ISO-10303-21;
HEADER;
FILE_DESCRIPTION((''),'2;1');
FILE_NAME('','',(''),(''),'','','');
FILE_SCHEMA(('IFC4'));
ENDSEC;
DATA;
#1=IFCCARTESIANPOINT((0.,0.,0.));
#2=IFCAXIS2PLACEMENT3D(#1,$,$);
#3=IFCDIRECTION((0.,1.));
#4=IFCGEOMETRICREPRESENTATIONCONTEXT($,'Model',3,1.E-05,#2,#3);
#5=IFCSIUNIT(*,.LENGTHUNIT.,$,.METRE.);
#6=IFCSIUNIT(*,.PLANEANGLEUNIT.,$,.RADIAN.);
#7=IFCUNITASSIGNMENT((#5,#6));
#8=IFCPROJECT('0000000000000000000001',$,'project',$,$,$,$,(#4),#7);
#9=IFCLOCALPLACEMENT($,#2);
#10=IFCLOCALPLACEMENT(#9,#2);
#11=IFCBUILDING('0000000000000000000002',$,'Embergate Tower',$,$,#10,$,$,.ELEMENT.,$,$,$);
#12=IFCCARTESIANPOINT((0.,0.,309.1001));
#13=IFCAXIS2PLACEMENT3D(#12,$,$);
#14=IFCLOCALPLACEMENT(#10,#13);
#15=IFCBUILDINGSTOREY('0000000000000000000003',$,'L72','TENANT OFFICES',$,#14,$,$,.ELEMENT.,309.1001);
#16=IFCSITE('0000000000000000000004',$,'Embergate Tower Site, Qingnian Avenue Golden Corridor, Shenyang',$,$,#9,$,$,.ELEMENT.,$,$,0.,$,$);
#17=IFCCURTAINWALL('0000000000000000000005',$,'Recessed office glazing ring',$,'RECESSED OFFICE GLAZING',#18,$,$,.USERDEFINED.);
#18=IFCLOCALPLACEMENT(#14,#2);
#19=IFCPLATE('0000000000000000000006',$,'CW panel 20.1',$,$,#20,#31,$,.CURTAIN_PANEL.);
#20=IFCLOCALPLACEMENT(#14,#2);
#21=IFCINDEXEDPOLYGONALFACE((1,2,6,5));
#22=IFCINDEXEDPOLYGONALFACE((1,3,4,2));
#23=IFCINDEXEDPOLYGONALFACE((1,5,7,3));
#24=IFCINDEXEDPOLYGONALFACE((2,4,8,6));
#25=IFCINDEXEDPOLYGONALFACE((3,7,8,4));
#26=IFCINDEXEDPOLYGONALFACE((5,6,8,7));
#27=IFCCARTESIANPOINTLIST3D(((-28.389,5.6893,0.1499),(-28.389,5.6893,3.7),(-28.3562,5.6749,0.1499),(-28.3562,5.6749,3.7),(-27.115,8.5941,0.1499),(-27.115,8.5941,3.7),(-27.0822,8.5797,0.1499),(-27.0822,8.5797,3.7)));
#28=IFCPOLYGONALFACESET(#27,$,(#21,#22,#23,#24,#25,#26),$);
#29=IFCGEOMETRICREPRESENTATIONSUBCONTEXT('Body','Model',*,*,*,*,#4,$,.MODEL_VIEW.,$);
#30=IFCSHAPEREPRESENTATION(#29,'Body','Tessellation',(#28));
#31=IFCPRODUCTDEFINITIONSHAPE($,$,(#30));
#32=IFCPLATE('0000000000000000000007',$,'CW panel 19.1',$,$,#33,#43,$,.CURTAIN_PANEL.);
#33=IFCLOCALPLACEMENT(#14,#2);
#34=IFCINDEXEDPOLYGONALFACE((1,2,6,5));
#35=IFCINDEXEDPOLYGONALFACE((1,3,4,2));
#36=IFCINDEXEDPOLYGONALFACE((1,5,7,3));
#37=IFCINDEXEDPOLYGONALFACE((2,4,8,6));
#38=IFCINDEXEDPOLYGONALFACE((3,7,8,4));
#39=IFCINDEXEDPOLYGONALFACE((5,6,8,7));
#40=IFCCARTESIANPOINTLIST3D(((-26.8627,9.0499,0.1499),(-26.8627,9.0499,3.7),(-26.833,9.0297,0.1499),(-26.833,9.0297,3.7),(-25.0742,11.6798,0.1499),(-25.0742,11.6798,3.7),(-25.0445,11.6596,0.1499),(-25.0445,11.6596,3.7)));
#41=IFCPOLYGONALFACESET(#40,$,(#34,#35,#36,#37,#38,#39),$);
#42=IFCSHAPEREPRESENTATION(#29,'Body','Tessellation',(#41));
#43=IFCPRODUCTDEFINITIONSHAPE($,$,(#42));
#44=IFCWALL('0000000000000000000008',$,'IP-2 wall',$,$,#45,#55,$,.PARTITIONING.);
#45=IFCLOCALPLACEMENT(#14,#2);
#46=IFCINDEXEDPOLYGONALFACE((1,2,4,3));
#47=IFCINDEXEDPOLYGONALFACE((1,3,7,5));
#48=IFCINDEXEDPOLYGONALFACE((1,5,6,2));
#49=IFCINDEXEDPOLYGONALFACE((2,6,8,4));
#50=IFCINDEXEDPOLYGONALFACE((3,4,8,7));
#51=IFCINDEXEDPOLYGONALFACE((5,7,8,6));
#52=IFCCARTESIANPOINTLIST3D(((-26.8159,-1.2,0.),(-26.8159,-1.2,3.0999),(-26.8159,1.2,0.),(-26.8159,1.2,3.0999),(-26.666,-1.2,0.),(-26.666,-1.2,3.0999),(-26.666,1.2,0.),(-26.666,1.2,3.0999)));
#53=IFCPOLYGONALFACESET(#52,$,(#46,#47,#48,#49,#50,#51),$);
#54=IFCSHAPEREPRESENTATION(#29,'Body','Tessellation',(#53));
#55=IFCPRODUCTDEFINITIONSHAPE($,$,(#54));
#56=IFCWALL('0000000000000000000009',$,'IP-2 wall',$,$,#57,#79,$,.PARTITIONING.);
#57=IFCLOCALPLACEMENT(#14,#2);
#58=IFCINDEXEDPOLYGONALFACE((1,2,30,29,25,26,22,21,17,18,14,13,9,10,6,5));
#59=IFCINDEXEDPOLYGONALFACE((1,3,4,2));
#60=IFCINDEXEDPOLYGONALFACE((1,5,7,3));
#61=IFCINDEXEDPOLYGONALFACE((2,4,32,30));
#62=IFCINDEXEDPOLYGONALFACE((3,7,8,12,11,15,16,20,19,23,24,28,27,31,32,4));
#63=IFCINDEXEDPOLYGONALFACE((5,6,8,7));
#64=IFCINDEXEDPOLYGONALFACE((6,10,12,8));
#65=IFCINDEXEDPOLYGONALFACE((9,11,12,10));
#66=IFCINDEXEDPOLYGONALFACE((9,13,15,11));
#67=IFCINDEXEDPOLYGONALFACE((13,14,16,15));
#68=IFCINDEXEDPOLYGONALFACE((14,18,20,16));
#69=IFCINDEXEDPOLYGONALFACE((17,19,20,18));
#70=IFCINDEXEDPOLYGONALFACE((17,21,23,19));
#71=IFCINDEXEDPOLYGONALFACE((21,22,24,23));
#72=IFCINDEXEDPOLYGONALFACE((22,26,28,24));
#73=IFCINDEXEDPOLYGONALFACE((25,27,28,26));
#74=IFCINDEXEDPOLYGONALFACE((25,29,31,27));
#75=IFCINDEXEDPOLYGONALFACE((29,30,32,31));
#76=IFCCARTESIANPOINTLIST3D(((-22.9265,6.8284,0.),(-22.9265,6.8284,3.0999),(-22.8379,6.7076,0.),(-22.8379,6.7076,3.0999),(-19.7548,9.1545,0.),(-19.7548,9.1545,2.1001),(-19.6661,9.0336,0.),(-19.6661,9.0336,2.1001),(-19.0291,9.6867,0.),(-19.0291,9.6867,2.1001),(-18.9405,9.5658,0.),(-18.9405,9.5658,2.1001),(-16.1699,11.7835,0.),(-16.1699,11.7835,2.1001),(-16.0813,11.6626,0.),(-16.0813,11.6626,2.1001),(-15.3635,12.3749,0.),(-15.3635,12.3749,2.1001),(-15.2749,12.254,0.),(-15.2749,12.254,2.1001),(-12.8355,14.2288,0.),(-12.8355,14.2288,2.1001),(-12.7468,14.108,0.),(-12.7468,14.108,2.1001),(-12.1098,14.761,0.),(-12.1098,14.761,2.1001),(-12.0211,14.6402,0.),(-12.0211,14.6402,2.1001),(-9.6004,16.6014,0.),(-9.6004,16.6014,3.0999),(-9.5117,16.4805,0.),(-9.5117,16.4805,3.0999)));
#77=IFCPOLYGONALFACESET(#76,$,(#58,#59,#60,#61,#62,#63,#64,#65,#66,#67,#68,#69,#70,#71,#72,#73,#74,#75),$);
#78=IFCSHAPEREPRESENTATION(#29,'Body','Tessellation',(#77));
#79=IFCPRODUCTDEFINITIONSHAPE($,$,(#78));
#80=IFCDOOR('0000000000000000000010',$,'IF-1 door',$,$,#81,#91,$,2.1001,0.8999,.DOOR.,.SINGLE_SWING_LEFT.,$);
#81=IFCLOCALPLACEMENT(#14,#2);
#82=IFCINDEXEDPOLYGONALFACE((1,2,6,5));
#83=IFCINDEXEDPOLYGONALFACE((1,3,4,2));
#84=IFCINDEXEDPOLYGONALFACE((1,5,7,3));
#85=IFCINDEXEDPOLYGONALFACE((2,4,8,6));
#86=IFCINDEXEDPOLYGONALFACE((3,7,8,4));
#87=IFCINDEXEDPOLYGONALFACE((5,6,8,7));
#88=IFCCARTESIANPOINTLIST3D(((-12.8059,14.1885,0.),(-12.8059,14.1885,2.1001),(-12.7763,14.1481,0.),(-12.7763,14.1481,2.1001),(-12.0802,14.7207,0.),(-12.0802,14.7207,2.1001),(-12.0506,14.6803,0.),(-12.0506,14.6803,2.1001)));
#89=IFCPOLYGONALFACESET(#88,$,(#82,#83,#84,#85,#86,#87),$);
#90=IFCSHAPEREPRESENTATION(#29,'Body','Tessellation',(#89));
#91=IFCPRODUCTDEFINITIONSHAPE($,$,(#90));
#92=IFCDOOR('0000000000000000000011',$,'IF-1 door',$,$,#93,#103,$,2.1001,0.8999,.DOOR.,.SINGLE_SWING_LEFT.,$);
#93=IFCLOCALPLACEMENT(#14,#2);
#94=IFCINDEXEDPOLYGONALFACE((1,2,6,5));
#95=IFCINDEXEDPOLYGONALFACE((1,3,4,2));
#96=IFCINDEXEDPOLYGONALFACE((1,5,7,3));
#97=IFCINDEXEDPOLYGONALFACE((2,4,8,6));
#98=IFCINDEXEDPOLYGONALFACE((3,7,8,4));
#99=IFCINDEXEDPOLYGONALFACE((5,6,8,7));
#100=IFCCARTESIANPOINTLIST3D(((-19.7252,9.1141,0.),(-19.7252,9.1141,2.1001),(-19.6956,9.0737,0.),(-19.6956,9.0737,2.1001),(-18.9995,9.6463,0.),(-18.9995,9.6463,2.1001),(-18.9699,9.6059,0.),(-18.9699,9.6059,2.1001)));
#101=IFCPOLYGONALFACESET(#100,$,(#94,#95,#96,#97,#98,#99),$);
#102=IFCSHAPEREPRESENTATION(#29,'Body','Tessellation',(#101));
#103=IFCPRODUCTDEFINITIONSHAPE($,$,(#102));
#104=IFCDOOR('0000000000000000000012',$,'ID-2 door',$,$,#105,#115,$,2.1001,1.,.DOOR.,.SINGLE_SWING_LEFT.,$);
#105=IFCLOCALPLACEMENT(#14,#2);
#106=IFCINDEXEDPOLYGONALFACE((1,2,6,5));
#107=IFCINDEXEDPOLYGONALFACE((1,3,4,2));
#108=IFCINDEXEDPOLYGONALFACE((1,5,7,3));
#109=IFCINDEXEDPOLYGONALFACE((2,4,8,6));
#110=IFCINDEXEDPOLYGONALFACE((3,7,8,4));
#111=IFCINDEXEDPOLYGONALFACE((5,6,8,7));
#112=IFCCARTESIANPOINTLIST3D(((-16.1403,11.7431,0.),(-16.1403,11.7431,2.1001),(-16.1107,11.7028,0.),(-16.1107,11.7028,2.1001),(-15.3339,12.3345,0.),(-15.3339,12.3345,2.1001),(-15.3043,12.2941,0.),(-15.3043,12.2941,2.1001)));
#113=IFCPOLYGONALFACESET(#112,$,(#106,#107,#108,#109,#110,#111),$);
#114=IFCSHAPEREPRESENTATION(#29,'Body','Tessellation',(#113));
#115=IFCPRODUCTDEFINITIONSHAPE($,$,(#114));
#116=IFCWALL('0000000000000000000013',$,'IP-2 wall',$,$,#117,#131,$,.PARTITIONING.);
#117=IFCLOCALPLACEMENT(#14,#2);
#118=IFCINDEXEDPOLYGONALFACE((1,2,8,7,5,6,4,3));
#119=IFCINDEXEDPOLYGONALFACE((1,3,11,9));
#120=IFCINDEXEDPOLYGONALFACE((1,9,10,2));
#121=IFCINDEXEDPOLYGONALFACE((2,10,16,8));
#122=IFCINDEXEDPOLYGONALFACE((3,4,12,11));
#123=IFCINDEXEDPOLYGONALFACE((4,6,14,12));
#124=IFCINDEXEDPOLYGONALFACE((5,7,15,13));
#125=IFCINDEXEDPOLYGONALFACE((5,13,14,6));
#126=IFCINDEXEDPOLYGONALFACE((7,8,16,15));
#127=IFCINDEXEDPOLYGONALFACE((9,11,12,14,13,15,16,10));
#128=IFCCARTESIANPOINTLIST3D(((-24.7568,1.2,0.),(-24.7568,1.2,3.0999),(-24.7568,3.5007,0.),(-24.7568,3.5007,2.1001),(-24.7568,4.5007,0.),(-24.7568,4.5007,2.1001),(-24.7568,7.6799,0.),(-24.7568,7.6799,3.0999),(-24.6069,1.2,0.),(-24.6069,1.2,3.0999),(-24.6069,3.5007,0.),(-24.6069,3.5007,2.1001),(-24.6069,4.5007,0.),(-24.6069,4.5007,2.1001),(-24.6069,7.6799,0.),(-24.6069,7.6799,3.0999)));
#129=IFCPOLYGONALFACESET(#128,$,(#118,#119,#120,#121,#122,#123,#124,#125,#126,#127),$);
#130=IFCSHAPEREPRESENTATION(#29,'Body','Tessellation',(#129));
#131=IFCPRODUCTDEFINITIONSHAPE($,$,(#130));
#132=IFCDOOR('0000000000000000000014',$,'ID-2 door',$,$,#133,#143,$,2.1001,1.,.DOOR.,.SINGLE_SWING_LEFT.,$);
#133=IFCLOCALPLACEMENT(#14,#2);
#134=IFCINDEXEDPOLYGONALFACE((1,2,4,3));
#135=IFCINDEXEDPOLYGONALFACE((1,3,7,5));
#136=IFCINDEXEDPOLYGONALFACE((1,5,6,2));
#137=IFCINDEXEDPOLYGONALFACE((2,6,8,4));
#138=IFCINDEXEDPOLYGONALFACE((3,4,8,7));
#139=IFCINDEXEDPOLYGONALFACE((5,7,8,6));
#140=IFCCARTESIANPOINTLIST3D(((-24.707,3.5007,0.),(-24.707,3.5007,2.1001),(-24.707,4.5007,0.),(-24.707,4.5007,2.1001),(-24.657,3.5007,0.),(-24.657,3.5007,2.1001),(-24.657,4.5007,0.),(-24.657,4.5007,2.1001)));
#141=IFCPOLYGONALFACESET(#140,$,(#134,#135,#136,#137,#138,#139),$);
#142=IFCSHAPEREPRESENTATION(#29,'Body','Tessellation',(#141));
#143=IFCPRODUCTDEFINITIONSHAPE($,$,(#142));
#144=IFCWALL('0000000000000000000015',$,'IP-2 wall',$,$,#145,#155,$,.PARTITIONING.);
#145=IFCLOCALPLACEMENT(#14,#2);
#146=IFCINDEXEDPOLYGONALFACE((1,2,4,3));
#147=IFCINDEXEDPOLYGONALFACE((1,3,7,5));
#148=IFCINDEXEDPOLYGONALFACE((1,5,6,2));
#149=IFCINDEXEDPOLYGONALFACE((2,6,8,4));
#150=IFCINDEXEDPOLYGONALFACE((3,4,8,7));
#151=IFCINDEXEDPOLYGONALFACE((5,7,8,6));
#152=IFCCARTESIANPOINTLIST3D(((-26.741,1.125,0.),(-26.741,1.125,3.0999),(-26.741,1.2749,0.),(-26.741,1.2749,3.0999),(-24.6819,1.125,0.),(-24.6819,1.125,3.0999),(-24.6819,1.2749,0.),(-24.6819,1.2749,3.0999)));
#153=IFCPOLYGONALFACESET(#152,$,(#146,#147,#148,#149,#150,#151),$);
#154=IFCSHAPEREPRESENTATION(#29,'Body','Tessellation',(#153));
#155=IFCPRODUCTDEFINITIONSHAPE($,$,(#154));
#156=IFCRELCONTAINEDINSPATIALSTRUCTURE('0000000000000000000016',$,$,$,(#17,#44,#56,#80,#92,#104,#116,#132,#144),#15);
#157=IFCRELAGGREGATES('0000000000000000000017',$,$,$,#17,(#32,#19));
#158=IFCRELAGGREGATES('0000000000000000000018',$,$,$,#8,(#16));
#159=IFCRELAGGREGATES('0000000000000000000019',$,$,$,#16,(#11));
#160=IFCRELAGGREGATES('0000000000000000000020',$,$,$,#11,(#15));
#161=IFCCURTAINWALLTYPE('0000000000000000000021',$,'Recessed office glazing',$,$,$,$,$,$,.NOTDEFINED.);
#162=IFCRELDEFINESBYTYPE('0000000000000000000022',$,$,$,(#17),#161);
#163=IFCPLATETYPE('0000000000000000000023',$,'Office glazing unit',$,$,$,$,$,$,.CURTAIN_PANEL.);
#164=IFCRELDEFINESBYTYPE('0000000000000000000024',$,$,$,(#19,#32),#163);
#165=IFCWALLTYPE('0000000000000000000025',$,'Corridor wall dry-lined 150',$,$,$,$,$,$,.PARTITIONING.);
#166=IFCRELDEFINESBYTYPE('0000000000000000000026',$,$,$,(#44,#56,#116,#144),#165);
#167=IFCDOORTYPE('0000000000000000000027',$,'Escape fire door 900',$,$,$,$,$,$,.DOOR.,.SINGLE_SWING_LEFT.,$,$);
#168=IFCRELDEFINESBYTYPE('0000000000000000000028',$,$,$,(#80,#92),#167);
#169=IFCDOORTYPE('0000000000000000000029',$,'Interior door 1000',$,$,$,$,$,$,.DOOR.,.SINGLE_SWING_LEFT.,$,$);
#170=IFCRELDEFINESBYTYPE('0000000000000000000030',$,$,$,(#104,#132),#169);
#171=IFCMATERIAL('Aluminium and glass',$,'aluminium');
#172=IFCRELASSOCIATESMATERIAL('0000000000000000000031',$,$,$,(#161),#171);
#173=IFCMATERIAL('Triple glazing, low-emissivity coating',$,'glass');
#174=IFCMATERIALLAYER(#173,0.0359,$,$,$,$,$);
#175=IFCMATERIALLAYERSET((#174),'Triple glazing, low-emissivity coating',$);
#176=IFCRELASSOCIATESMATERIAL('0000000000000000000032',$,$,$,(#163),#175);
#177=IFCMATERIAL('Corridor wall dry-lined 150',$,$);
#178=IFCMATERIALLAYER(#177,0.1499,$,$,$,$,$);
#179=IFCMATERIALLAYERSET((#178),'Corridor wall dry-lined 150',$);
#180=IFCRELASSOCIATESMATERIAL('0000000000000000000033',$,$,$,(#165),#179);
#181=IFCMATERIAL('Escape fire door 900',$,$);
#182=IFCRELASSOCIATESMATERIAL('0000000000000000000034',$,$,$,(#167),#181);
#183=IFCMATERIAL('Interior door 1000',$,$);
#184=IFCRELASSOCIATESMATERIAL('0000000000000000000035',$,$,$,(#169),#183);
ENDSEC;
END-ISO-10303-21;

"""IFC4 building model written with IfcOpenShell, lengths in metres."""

from ifc_helpers import new_model, si_unit, direction, frame, frame_2d, origin, origin_2d, place, context, subcontext, project, spatial, rectangle, extrude, source, transform, mapped, material, layer, layer_set, type_object, element, fill, aggregate, save


model = new_model("IFC4")

# Units and contexts
model_context = context("Model", 3, precision=1e-05, world=origin(), true_north=direction((0.0, 1.0)))
body_context = subcontext(model_context, "Body", "Model", "MODEL_VIEW")
ifc_project = project(units=[si_unit("LENGTHUNIT", "METRE"), si_unit("PLANEANGLEUNIT", "RADIAN")], contexts=[model_context])

# Site, building, storey
site_placement = place(None, origin())
site = spatial("IfcSite", under=ifc_project, at=site_placement, Name="Embergate Tower Site, Qingnian Avenue Golden Corridor, Shenyang", CompositionType="ELEMENT", RefElevation=0.0)
building_placement = place(site_placement, origin())
building = spatial("IfcBuilding", under=site, at=building_placement, Name="Embergate Tower", CompositionType="ELEMENT")
storey_placement = place(building_placement, frame((0.0, 0.0, 309.1001)))
storey = spatial("IfcBuildingStorey", under=building, at=storey_placement, Name="L72", Description="TENANT OFFICES", CompositionType="ELEMENT", Elevation=309.1001)

# Curtain wall, plates
ifc_material_1 = material(Name="Aluminium and glass", Category="aluminium")
curtain_wall_type = type_object("IfcCurtainWallType", Name="Recessed office glazing", PredefinedType="NOTDEFINED", material=ifc_material_1)
curtain_wall_placement = place(storey_placement, origin())
curtain_wall = element("IfcCurtainWall", 1, at=curtain_wall_placement, inside=storey, type_object=curtain_wall_type, Name="Recessed office glazing ring", ObjectType="RECESSED OFFICE GLAZING", PredefinedType="USERDEFINED")
ifc_material_2 = material(Name="Triple glazing, low-emissivity coating", Category="glass")
ifc_layer_1 = layer(ifc_material_2, 0.0359)
ifc_layer_set_1 = layer_set([ifc_layer_1], Name="Triple glazing, low-emissivity coating")
plate_type = type_object("IfcPlateType", Name="Office glazing unit", PredefinedType="CURTAIN_PANEL", material=ifc_layer_set_1)
shared_shape_1 = source(origin(), body_context, "Body", "SweptSolid", [
    extrude(rectangle(XDim=3.1719, YDim=0.0359, at=origin_2d()), origin(), (0.0, 0.0, 1.0), 3.55),
])
plate_1_placement = place(storey_placement, frame((-27.7356, 7.1345, 0.1499), z_axis=(0.0, 0.0, 1.0), x_axis=(-0.401652, -0.915792, 0.0)))
plate_1 = element("IfcPlate", 2, at=plate_1_placement, type_object=plate_type, Name="CW panel 20.1", PredefinedType="CURTAIN_PANEL", context=body_context, shape_type="MappedRepresentation", body=[
    mapped(shared_shape_1, transform((0.0, 0.0, 0.0))),
])
shared_shape_2 = source(origin(), body_context, "Body", "SweptSolid", [
    extrude(rectangle(XDim=3.1804, YDim=0.0359, at=origin_2d()), origin(), (0.0, 0.0, 1.0), 3.55),
])
plate_2_placement = place(storey_placement, frame((-25.9536, 10.3547, 0.1499), z_axis=(0.0, 0.0, 1.0), x_axis=(-0.562342, -0.826905, 0.0)))
plate_2 = element("IfcPlate", 3, at=plate_2_placement, type_object=plate_type, Name="CW panel 19.1", PredefinedType="CURTAIN_PANEL", context=body_context, shape_type="MappedRepresentation", body=[
    mapped(shared_shape_2, transform((0.0, 0.0, 0.0))),
])
aggregate(curtain_wall, [plate_2, plate_1])

# Wall
ifc_material_3 = material(Name="Corridor wall dry-lined 150")
ifc_layer_2 = layer(ifc_material_3, 0.1499)
ifc_layer_set_2 = layer_set([ifc_layer_2], Name="Corridor wall dry-lined 150")
wall_type_1 = type_object("IfcWallType", Name="Corridor wall dry-lined 150", PredefinedType="PARTITIONING", material=ifc_layer_set_2)
shared_shape_3 = source(origin(), body_context, "Body", "SweptSolid", [
    extrude(rectangle(XDim=2.3999, YDim=0.1499, at=frame_2d((1.2, 0.0))), origin(), (0.0, 0.0, 1.0), 3.0999),
])
wall_1_placement = place(storey_placement, frame((-26.741, 1.2, 0.0), z_axis=(0.0, 0.0, 1.0), x_axis=(0.0, -1.0, 0.0)))
element("IfcWall", 4, at=wall_1_placement, inside=storey, type_object=wall_type_1, Name="IP-2 wall", PredefinedType="PARTITIONING", context=body_context, shape_type="MappedRepresentation", body=[
    mapped(shared_shape_3, transform((0.0, 0.0, 0.0))),
])

# Wall, openings, doors
shared_shape_4 = source(origin(), body_context, "Body", "SweptSolid", [
    extrude(rectangle(XDim=16.5256, YDim=0.1499, at=frame_2d((8.2627, 0.0))), origin(), (0.0, 0.0, 1.0), 3.0999),
])
wall_2_placement = place(storey_placement, frame((-22.8821, 6.7681, 0.0), z_axis=(0.0, 0.0, 1.0), x_axis=(0.806393, 0.59138, 0.0)))
wall_2 = element("IfcWall", 5, at=wall_2_placement, inside=storey, type_object=wall_type_1, Name="IP-2 wall", PredefinedType="PARTITIONING", context=body_context, shape_type="MappedRepresentation", body=[
    mapped(shared_shape_4, transform((0.0, 0.0, 0.0))),
])
shared_shape_5 = source(origin(), body_context, "Body", "SweptSolid", [
    extrude(rectangle(XDim=0.8999, YDim=2.1001, at=frame_2d((0.45, 1.05))), frame((0.0, 0.085, 0.0), z_axis=(0.0, -1.0, 0.0), x_axis=(1.0, 0.0, 0.0)), (0.0, 0.0, 1.0), 0.1699),
])
opening_1_placement = place(wall_2_placement, frame((12.5137, 0.0, 0.0)))
opening_1 = element("IfcOpeningElement", 6, at=opening_1_placement, cuts=wall_2, PredefinedType="OPENING", context=body_context, shape_type="MappedRepresentation", body=[
    mapped(shared_shape_5, transform((0.0, 0.0, 0.0))),
])
shared_shape_6 = source(origin(), body_context, "Body", "SweptSolid", [
    extrude(rectangle(XDim=1.0, YDim=2.1001, at=frame_2d((0.5, 1.05))), frame((0.0, 0.085, 0.0), z_axis=(0.0, -1.0, 0.0), x_axis=(1.0, 0.0, 0.0)), (0.0, 0.0, 1.0), 0.1699),
])
opening_2_placement = place(wall_2_placement, frame((8.3787, 0.0, 0.0)))
opening_2 = element("IfcOpeningElement", 7, at=opening_2_placement, cuts=wall_2, PredefinedType="OPENING", context=body_context, shape_type="MappedRepresentation", body=[
    mapped(shared_shape_6, transform((0.0, 0.0, 0.0))),
])
opening_3_placement = place(wall_2_placement, frame((3.9331, 0.0, 0.0)))
opening_3 = element("IfcOpeningElement", 8, at=opening_3_placement, cuts=wall_2, PredefinedType="OPENING", context=body_context, shape_type="MappedRepresentation", body=[
    mapped(shared_shape_5, transform((0.0, 0.0, 0.0))),
])
ifc_material_4 = material(Name="Escape fire door 900")
door_type_1 = type_object("IfcDoorType", Name="Escape fire door 900", OperationType="SINGLE_SWING_LEFT", PredefinedType="DOOR", material=ifc_material_4)
shared_shape_7 = source(origin(), body_context, "Body", "SweptSolid", [
    extrude(rectangle(XDim=0.8999, YDim=2.1001, at=frame_2d((0.45, 1.05))), frame((0.0, 0.0249, 0.0), z_axis=(0.0, -1.0, 0.0), x_axis=(1.0, 0.0, 0.0)), (0.0, 0.0, 1.0), 0.05),
])
door_1_placement = place(opening_1_placement, origin())
door_1 = element("IfcDoor", 9, at=door_1_placement, inside=storey, type_object=door_type_1, Name="IF-1 door", OperationType="SINGLE_SWING_LEFT", OverallHeight=2.1001, OverallWidth=0.8999, PredefinedType="DOOR", context=body_context, shape_type="MappedRepresentation", body=[
    mapped(shared_shape_7, transform((0.0, 0.0, 0.0))),
])
fill(opening_1, door_1)
door_2_placement = place(opening_3_placement, origin())
door_2 = element("IfcDoor", 10, at=door_2_placement, inside=storey, type_object=door_type_1, Name="IF-1 door", OperationType="SINGLE_SWING_LEFT", OverallHeight=2.1001, OverallWidth=0.8999, PredefinedType="DOOR", context=body_context, shape_type="MappedRepresentation", body=[
    mapped(shared_shape_7, transform((0.0, 0.0, 0.0))),
])
fill(opening_3, door_2)
ifc_material_5 = material(Name="Interior door 1000")
door_type_2 = type_object("IfcDoorType", Name="Interior door 1000", OperationType="SINGLE_SWING_LEFT", PredefinedType="DOOR", material=ifc_material_5)
shared_shape_8 = source(origin(), body_context, "Body", "SweptSolid", [
    extrude(rectangle(XDim=1.0, YDim=2.1001, at=frame_2d((0.5, 1.05))), frame((0.0, 0.0249, 0.0), z_axis=(0.0, -1.0, 0.0), x_axis=(1.0, 0.0, 0.0)), (0.0, 0.0, 1.0), 0.05),
])
door_3_placement = place(opening_2_placement, origin())
door_3 = element("IfcDoor", 11, at=door_3_placement, inside=storey, type_object=door_type_2, Name="ID-2 door", OperationType="SINGLE_SWING_LEFT", OverallHeight=2.1001, OverallWidth=1.0, PredefinedType="DOOR", context=body_context, shape_type="MappedRepresentation", body=[
    mapped(shared_shape_8, transform((0.0, 0.0, 0.0))),
])
fill(opening_2, door_3)

# Wall, opening, door
shared_shape_9 = source(origin(), body_context, "Body", "SweptSolid", [
    extrude(rectangle(XDim=6.48, YDim=0.1499, at=frame_2d((3.24, 0.0))), origin(), (0.0, 0.0, 1.0), 3.0999),
])
wall_3_placement = place(storey_placement, frame((-24.6819, 7.6799, 0.0), z_axis=(0.0, 0.0, 1.0), x_axis=(0.0, -1.0, 0.0)))
wall_3 = element("IfcWall", 12, at=wall_3_placement, inside=storey, type_object=wall_type_1, Name="IP-2 wall", PredefinedType="PARTITIONING", context=body_context, shape_type="MappedRepresentation", body=[
    mapped(shared_shape_9, transform((0.0, 0.0, 0.0))),
])
opening_4_placement = place(wall_3_placement, frame((3.1792, 0.0, 0.0)))
opening_4 = element("IfcOpeningElement", 13, at=opening_4_placement, cuts=wall_3, PredefinedType="OPENING", context=body_context, shape_type="MappedRepresentation", body=[
    mapped(shared_shape_6, transform((0.0, 0.0, 0.0))),
])
door_4_placement = place(opening_4_placement, origin())
door_4 = element("IfcDoor", 14, at=door_4_placement, inside=storey, type_object=door_type_2, Name="ID-2 door", OperationType="SINGLE_SWING_LEFT", OverallHeight=2.1001, OverallWidth=1.0, PredefinedType="DOOR", context=body_context, shape_type="MappedRepresentation", body=[
    mapped(shared_shape_8, transform((0.0, 0.0, 0.0))),
])
fill(opening_4, door_4)

# Wall
shared_shape_10 = source(origin(), body_context, "Body", "SweptSolid", [
    extrude(rectangle(XDim=2.0591, YDim=0.1499, at=frame_2d((1.0295, 0.0))), origin(), (0.0, 0.0, 1.0), 3.0999),
])
wall_4_placement = place(storey_placement, frame((-24.6819, 1.2, 0.0), z_axis=(0.0, 0.0, 1.0), x_axis=(-1.0, 0.0, 0.0)))
element("IfcWall", 15, at=wall_4_placement, inside=storey, type_object=wall_type_1, Name="IP-2 wall", PredefinedType="PARTITIONING", context=body_context, shape_type="MappedRepresentation", body=[
    mapped(shared_shape_10, transform((0.0, 0.0, 0.0))),
])

save(model, "model.ifc")
